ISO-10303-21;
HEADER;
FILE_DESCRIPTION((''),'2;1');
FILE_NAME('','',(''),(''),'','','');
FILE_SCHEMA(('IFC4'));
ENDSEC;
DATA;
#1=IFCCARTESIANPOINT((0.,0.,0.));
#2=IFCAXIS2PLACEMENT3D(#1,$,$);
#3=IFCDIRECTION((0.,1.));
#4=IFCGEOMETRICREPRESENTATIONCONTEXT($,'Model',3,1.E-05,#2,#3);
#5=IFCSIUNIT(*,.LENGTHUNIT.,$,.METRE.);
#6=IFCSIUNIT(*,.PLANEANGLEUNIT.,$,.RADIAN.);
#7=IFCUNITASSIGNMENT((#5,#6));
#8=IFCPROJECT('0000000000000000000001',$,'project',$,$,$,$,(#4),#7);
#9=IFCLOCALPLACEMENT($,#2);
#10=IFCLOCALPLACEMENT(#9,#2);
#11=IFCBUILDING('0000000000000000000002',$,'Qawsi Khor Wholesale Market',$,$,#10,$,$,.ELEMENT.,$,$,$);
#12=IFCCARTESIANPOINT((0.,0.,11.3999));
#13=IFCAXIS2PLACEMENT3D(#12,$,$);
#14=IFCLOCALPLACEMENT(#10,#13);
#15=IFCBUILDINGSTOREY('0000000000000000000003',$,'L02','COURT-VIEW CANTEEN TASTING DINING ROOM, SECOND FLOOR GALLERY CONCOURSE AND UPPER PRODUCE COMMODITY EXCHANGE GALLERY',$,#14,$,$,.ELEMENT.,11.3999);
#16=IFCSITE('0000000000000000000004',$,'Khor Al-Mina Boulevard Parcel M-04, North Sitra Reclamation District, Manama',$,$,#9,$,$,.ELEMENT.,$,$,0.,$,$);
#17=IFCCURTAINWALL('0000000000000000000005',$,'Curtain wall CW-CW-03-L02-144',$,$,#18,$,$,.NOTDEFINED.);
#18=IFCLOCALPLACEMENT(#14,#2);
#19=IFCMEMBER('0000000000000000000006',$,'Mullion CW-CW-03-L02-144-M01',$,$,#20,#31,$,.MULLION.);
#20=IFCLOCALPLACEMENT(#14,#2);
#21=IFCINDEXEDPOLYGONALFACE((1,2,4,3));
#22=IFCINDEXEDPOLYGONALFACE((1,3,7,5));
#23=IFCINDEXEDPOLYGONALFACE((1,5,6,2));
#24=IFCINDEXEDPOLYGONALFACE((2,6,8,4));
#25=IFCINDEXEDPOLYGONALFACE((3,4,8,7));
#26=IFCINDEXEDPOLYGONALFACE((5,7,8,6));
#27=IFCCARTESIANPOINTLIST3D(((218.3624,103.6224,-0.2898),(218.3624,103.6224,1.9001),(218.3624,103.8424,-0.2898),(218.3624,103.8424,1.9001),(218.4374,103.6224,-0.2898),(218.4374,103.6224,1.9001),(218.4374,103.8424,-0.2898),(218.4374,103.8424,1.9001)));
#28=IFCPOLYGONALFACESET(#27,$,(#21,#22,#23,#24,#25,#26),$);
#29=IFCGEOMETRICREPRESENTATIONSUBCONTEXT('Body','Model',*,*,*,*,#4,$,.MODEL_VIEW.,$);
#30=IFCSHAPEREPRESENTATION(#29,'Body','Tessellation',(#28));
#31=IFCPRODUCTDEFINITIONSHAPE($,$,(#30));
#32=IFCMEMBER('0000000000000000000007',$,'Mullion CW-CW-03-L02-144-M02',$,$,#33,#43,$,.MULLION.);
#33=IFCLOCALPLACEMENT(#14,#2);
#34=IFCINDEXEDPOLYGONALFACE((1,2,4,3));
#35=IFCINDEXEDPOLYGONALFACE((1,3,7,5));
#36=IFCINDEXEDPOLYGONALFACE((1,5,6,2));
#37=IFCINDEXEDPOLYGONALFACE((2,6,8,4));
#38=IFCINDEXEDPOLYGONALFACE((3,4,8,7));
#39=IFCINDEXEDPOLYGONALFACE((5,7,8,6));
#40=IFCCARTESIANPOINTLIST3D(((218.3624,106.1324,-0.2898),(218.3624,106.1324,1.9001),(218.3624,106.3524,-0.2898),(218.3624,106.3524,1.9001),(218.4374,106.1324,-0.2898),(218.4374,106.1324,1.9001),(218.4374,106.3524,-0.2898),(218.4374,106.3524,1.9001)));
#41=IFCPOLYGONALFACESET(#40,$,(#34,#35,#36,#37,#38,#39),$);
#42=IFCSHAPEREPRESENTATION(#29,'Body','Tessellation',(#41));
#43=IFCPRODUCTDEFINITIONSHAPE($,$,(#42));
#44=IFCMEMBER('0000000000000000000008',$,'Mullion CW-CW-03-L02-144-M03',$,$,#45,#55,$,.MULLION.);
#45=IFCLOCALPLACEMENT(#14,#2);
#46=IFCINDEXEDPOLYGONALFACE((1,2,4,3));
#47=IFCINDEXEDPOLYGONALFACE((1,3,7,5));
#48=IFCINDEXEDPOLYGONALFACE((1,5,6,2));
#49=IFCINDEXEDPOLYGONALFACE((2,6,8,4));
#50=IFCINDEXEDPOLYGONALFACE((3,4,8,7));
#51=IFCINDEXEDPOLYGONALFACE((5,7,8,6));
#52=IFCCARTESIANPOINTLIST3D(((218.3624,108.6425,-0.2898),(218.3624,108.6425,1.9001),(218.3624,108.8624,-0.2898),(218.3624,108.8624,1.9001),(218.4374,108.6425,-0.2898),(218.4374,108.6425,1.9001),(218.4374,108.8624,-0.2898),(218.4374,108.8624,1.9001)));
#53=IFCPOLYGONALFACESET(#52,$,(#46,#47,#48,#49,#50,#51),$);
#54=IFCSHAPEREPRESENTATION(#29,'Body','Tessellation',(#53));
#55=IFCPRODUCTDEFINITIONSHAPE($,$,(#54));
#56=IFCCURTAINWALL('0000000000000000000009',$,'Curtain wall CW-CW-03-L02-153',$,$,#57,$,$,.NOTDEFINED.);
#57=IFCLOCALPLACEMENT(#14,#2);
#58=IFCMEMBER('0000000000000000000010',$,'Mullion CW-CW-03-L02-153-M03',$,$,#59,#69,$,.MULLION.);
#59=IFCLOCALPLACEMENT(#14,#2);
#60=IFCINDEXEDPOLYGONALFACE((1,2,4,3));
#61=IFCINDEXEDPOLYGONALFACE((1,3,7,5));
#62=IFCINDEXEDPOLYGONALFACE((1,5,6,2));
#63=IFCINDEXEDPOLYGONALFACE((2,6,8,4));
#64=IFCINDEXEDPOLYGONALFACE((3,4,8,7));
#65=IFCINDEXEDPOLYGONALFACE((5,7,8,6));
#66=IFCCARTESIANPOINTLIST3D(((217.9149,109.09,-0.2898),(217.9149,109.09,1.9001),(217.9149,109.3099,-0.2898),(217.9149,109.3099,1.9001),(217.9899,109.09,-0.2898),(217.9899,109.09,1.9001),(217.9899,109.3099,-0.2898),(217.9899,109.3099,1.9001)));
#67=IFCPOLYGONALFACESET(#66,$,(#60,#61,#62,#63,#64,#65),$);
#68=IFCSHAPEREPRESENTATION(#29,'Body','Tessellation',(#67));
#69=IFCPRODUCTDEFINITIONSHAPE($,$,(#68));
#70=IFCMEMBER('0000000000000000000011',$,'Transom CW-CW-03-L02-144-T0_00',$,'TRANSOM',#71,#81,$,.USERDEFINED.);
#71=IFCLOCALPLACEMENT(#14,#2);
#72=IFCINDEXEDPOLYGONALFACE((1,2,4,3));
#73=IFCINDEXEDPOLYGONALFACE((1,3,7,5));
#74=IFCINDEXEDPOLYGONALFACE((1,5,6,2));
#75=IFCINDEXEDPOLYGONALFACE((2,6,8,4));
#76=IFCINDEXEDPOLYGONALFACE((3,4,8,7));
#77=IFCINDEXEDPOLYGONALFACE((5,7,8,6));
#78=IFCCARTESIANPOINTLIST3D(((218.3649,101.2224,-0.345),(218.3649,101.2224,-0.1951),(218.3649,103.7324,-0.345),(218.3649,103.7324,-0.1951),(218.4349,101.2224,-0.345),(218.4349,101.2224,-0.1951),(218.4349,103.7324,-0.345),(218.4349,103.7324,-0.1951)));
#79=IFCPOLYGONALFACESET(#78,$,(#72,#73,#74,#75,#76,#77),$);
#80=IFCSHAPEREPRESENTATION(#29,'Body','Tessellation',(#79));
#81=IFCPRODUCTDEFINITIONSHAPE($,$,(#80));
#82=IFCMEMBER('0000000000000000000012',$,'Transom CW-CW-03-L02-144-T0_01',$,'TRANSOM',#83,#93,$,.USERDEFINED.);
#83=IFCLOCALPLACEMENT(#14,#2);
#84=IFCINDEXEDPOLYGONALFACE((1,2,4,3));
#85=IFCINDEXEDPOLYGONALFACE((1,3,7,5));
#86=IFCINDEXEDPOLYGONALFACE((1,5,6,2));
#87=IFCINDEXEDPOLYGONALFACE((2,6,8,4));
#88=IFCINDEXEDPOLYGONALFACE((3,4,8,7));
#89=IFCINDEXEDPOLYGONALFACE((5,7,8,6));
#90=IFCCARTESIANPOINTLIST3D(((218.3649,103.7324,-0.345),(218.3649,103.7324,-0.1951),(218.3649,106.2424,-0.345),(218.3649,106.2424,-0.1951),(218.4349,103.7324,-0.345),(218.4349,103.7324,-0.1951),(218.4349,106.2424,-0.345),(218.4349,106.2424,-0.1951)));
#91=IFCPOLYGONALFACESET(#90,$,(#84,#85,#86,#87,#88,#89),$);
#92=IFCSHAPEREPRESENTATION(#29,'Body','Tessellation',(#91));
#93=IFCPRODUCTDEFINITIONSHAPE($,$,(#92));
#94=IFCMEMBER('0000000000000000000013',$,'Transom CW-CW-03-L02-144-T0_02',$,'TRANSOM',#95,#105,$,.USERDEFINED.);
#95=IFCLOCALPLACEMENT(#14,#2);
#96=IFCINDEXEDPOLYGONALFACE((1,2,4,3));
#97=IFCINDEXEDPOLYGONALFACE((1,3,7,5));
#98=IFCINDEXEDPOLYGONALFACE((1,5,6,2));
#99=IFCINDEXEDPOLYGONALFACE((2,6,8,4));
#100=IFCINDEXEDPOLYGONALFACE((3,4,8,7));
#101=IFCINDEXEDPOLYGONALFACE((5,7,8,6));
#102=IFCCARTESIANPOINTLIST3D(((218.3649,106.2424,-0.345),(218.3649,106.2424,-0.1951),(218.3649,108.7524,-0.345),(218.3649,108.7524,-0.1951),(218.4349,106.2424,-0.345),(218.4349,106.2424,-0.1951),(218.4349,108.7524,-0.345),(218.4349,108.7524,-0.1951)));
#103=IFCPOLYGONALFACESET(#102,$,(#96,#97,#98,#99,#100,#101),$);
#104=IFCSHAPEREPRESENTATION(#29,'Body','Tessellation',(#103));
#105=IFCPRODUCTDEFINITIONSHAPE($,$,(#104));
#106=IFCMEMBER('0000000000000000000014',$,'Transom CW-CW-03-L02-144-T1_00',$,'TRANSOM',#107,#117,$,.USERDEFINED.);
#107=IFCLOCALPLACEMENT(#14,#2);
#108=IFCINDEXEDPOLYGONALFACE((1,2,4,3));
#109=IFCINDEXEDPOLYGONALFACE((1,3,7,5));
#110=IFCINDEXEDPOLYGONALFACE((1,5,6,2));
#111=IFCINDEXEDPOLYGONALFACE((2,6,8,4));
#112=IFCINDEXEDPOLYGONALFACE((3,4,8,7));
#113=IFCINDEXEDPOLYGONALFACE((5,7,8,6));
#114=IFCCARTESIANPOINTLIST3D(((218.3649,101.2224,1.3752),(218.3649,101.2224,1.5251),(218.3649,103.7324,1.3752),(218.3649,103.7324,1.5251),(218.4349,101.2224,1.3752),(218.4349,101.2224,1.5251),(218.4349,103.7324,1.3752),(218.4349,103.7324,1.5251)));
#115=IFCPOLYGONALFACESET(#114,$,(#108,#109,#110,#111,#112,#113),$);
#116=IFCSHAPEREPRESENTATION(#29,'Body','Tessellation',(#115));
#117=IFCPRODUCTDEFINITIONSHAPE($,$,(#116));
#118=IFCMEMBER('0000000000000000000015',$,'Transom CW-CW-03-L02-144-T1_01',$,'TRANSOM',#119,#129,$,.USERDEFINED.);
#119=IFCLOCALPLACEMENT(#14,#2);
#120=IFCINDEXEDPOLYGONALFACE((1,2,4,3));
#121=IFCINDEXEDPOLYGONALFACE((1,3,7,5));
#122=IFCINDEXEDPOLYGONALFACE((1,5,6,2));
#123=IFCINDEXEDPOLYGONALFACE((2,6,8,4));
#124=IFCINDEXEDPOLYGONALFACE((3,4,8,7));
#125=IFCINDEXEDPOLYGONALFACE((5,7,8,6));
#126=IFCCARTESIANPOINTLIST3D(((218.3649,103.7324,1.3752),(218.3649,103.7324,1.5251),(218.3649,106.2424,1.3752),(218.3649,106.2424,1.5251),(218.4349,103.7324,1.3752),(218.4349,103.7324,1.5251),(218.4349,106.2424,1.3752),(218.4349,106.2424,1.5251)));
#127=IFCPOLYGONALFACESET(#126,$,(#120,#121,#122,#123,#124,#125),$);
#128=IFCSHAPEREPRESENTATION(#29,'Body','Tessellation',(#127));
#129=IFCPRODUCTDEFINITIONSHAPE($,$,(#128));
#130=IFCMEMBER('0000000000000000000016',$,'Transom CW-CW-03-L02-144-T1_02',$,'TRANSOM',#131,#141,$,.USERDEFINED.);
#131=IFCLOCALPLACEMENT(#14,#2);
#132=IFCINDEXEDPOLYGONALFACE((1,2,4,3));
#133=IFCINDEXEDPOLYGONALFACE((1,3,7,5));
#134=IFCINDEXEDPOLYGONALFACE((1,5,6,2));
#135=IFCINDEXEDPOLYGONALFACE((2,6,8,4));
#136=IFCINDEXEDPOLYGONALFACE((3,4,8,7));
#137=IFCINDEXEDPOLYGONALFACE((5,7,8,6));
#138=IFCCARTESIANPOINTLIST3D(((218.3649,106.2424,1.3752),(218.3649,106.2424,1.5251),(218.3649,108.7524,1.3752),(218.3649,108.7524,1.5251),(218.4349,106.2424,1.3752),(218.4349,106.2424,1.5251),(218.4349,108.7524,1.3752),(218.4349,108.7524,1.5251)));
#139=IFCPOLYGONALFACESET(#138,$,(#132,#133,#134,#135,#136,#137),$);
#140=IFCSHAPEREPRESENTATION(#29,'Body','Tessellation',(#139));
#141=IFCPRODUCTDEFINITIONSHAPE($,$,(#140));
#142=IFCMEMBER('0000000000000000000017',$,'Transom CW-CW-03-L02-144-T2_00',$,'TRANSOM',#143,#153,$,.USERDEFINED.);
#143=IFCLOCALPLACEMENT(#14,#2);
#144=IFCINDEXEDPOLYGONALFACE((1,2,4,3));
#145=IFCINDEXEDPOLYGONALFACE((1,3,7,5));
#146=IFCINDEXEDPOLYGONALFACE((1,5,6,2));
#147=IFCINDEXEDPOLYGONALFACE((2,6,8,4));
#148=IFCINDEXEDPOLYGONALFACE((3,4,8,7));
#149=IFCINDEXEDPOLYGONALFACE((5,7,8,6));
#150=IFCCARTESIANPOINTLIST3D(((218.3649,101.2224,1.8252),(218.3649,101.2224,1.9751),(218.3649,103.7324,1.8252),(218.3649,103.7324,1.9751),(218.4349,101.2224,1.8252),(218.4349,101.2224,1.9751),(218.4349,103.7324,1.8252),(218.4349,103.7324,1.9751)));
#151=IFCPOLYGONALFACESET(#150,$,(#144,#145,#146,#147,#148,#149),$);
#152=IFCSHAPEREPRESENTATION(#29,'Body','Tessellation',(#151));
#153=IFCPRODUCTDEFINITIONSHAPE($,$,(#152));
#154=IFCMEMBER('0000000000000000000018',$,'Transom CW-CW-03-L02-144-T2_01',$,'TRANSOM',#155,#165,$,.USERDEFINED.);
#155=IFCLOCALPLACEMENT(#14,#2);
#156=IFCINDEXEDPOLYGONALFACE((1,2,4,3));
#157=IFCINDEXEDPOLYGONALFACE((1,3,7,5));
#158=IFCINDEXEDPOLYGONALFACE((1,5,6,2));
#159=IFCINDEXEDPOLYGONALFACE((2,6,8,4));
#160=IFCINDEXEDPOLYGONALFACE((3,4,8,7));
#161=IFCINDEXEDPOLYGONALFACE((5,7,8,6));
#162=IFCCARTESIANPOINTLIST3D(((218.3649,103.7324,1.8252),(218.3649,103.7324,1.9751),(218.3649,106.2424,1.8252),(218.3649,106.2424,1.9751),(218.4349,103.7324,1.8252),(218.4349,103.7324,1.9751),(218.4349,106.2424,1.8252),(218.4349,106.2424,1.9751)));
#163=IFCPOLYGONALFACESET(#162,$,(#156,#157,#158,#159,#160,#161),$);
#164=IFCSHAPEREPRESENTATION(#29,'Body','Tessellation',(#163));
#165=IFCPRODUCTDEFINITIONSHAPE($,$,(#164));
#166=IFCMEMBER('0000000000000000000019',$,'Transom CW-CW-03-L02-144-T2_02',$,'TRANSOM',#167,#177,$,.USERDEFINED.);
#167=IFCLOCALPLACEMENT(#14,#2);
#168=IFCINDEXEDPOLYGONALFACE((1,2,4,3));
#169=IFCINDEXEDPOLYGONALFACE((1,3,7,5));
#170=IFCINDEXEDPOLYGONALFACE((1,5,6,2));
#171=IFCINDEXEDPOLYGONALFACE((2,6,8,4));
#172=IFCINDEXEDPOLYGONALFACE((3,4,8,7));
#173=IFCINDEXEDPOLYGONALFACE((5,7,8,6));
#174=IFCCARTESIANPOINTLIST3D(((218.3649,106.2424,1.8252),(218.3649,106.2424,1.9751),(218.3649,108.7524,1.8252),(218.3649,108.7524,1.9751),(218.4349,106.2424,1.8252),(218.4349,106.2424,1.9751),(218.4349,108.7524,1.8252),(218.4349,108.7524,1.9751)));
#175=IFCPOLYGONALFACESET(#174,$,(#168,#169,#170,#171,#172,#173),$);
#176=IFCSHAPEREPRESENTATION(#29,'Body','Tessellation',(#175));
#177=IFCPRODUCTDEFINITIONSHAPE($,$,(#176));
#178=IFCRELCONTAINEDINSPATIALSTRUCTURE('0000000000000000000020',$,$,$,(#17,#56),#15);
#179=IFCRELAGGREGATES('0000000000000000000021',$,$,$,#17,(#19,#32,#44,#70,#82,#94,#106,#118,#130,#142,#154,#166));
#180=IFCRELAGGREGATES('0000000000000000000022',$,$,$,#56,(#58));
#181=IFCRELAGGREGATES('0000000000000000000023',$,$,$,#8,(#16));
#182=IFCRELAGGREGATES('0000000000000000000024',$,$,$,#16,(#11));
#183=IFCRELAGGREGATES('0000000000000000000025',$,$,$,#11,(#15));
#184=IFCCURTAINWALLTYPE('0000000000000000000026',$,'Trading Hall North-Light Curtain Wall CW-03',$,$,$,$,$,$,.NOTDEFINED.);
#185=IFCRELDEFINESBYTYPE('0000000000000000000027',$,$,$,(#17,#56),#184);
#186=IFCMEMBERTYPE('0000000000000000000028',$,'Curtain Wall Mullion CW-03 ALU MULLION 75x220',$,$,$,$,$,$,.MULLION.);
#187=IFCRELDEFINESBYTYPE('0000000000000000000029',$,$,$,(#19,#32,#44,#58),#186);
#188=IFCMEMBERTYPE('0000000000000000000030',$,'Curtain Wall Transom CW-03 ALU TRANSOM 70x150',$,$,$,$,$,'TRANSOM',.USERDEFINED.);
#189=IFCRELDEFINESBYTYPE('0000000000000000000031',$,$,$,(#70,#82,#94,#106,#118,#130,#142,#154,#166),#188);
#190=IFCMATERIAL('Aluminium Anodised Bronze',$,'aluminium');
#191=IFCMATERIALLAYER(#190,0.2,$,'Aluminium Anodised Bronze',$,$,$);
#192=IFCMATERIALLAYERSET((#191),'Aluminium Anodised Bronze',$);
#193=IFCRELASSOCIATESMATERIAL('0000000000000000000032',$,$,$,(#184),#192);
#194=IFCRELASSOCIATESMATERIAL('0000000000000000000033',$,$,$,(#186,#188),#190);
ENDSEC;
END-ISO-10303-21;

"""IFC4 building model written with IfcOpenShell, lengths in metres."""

from ifc_helpers import new_model, si_unit, direction, frame, origin, origin_2d, place, context, subcontext, project, spatial, rectangle, extrude, material, layer, layer_set, material_profile, profile_set, type_object, element, aggregate, save


model = new_model("IFC4")

# Units and contexts
model_context = context("Model", 3, precision=1e-05, world=origin(), true_north=direction((0.0, 1.0)))
body_context = subcontext(model_context, "Body", "Model", "MODEL_VIEW")
ifc_project = project(units=[si_unit("LENGTHUNIT", "METRE"), si_unit("PLANEANGLEUNIT", "RADIAN")], contexts=[model_context])

# Site, building, storey
site_placement = place(None, origin())
site = spatial("IfcSite", under=ifc_project, at=site_placement, Name="Khor Al-Mina Boulevard Parcel M-04, North Sitra Reclamation District, Manama", CompositionType="ELEMENT", RefElevation=0.0)
building_placement = place(site_placement, origin())
building = spatial("IfcBuilding", under=site, at=building_placement, Name="Qawsi Khor Wholesale Market", CompositionType="ELEMENT")
storey_placement = place(building_placement, frame((0.0, 0.0, 11.3999)))
storey = spatial("IfcBuildingStorey", under=building, at=storey_placement, Name="L02", Description="COURT-VIEW CANTEEN TASTING DINING ROOM, SECOND FLOOR GALLERY CONCOURSE AND UPPER PRODUCE COMMODITY EXCHANGE GALLERY", CompositionType="ELEMENT", Elevation=11.3999)

# Curtain wall, members
ifc_material_1 = material(Name="Aluminium Anodised Bronze", Category="aluminium")
ifc_layer_1 = layer(ifc_material_1, 0.2, Name="Aluminium Anodised Bronze")
ifc_layer_set_1 = layer_set([ifc_layer_1], Name="Aluminium Anodised Bronze")
curtain_wall_type = type_object("IfcCurtainWallType", Name="Trading Hall North-Light Curtain Wall CW-03", PredefinedType="NOTDEFINED", material=ifc_layer_set_1)
curtain_wall_1_placement = place(storey_placement, origin())
curtain_wall_1 = element("IfcCurtainWall", 1, at=curtain_wall_1_placement, inside=storey, type_object=curtain_wall_type, Name="Curtain wall CW-CW-03-L02-144", PredefinedType="NOTDEFINED")
ifc_material_profile_1 = material_profile(ifc_material_1, rectangle(XDim=0.075, YDim=0.22, at=origin_2d()), Name="ALU MULLION 75x220")
ifc_profile_set_1 = profile_set([ifc_material_profile_1], Name="Aluminium Anodised Bronze")
member_type_1 = type_object("IfcMemberType", Name="Curtain Wall Mullion CW-03 ALU MULLION 75x220", PredefinedType="MULLION", material=ifc_profile_set_1)
member_1_placement = place(storey_placement, frame((218.3999, 103.7324, -0.2898), z_axis=(0.0, 0.0, 1.0), x_axis=(1.0, 0.0, 0.0)))
member_1 = element("IfcMember", 2, at=member_1_placement, type_object=member_type_1, Name="Mullion CW-CW-03-L02-144-M01", PredefinedType="MULLION", context=body_context, shape_type="SweptSolid", body=[
    extrude(rectangle(XDim=0.075, YDim=0.22, at=origin_2d()), origin(), (0.0, 0.0, 1.0), 2.1899),
])
member_2_placement = place(storey_placement, frame((218.3999, 106.2424, -0.2898), z_axis=(0.0, 0.0, 1.0), x_axis=(1.0, 0.0, 0.0)))
member_2 = element("IfcMember", 3, at=member_2_placement, type_object=member_type_1, Name="Mullion CW-CW-03-L02-144-M02", PredefinedType="MULLION", context=body_context, shape_type="SweptSolid", body=[
    extrude(rectangle(XDim=0.075, YDim=0.22, at=origin_2d()), origin(), (0.0, 0.0, 1.0), 2.1899),
])
member_3_placement = place(storey_placement, frame((218.3999, 108.7524, -0.2898), z_axis=(0.0, 0.0, 1.0), x_axis=(1.0, 0.0, 0.0)))
member_3 = element("IfcMember", 4, at=member_3_placement, type_object=member_type_1, Name="Mullion CW-CW-03-L02-144-M03", PredefinedType="MULLION", context=body_context, shape_type="SweptSolid", body=[
    extrude(rectangle(XDim=0.075, YDim=0.22, at=origin_2d()), origin(), (0.0, 0.0, 1.0), 2.1899),
])

# Curtain wall, member
curtain_wall_2_placement = place(storey_placement, origin())
curtain_wall_2 = element("IfcCurtainWall", 5, at=curtain_wall_2_placement, inside=storey, type_object=curtain_wall_type, Name="Curtain wall CW-CW-03-L02-153", PredefinedType="NOTDEFINED")
member_4_placement = place(storey_placement, frame((217.9524, 109.2, -0.2898), z_axis=(0.0, 0.0, 1.0), x_axis=(1.0, 0.0, 0.0)))
member_4 = element("IfcMember", 6, at=member_4_placement, type_object=member_type_1, Name="Mullion CW-CW-03-L02-153-M03", PredefinedType="MULLION", context=body_context, shape_type="SweptSolid", body=[
    extrude(rectangle(XDim=0.075, YDim=0.22, at=origin_2d()), origin(), (0.0, 0.0, 1.0), 2.1899),
])

# Members
ifc_material_profile_2 = material_profile(ifc_material_1, rectangle(XDim=0.0701, YDim=0.1499, at=origin_2d()), Name="ALU TRANSOM 70x150")
ifc_profile_set_2 = profile_set([ifc_material_profile_2], Name="Aluminium Anodised Bronze")
member_type_2 = type_object("IfcMemberType", Name="Curtain Wall Transom CW-03 ALU TRANSOM 70x150", ElementType="TRANSOM", PredefinedType="USERDEFINED", material=ifc_profile_set_2)
member_5_placement = place(storey_placement, frame((218.3999, 101.2224, -0.27), z_axis=(0.0, 1.0, 0.0), x_axis=(-1.0, 0.0, 0.0)))
member_5 = element("IfcMember", 7, at=member_5_placement, type_object=member_type_2, Name="Transom CW-CW-03-L02-144-T0_00", ObjectType="TRANSOM", PredefinedType="USERDEFINED", context=body_context, shape_type="SweptSolid", body=[
    extrude(rectangle(XDim=0.0701, YDim=0.1499, at=origin_2d()), origin(), (0.0, 0.0, 1.0), 2.51),
])
member_6_placement = place(storey_placement, frame((218.3999, 103.7324, -0.27), z_axis=(0.0, 1.0, 0.0), x_axis=(-1.0, 0.0, 0.0)))
member_6 = element("IfcMember", 8, at=member_6_placement, type_object=member_type_2, Name="Transom CW-CW-03-L02-144-T0_01", ObjectType="TRANSOM", PredefinedType="USERDEFINED", context=body_context, shape_type="SweptSolid", body=[
    extrude(rectangle(XDim=0.0701, YDim=0.1499, at=origin_2d()), origin(), (0.0, 0.0, 1.0), 2.51),
])
member_7_placement = place(storey_placement, frame((218.3999, 106.2424, -0.27), z_axis=(0.0, 1.0, 0.0), x_axis=(-1.0, 0.0, 0.0)))
member_7 = element("IfcMember", 9, at=member_7_placement, type_object=member_type_2, Name="Transom CW-CW-03-L02-144-T0_02", ObjectType="TRANSOM", PredefinedType="USERDEFINED", context=body_context, shape_type="SweptSolid", body=[
    extrude(rectangle(XDim=0.0701, YDim=0.1499, at=origin_2d()), origin(), (0.0, 0.0, 1.0), 2.51),
])
member_8_placement = place(storey_placement, frame((218.3999, 101.2224, 1.4502), z_axis=(0.0, 1.0, 0.0), x_axis=(-1.0, 0.0, 0.0)))
member_8 = element("IfcMember", 10, at=member_8_placement, type_object=member_type_2, Name="Transom CW-CW-03-L02-144-T1_00", ObjectType="TRANSOM", PredefinedType="USERDEFINED", context=body_context, shape_type="SweptSolid", body=[
    extrude(rectangle(XDim=0.0701, YDim=0.1499, at=origin_2d()), origin(), (0.0, 0.0, 1.0), 2.51),
])
member_9_placement = place(storey_placement, frame((218.3999, 103.7324, 1.4502), z_axis=(0.0, 1.0, 0.0), x_axis=(-1.0, 0.0, 0.0)))
member_9 = element("IfcMember", 11, at=member_9_placement, type_object=member_type_2, Name="Transom CW-CW-03-L02-144-T1_01", ObjectType="TRANSOM", PredefinedType="USERDEFINED", context=body_context, shape_type="SweptSolid", body=[
    extrude(rectangle(XDim=0.0701, YDim=0.1499, at=origin_2d()), origin(), (0.0, 0.0, 1.0), 2.51),
])
member_10_placement = place(storey_placement, frame((218.3999, 106.2424, 1.4502), z_axis=(0.0, 1.0, 0.0), x_axis=(-1.0, 0.0, 0.0)))
member_10 = element("IfcMember", 12, at=member_10_placement, type_object=member_type_2, Name="Transom CW-CW-03-L02-144-T1_02", ObjectType="TRANSOM", PredefinedType="USERDEFINED", context=body_context, shape_type="SweptSolid", body=[
    extrude(rectangle(XDim=0.0701, YDim=0.1499, at=origin_2d()), origin(), (0.0, 0.0, 1.0), 2.51),
])
member_11_placement = place(storey_placement, frame((218.3999, 101.2224, 1.9001), z_axis=(0.0, 1.0, 0.0), x_axis=(-1.0, 0.0, 0.0)))
member_11 = element("IfcMember", 13, at=member_11_placement, type_object=member_type_2, Name="Transom CW-CW-03-L02-144-T2_00", ObjectType="TRANSOM", PredefinedType="USERDEFINED", context=body_context, shape_type="SweptSolid", body=[
    extrude(rectangle(XDim=0.0701, YDim=0.1499, at=origin_2d()), origin(), (0.0, 0.0, 1.0), 2.51),
])
member_12_placement = place(storey_placement, frame((218.3999, 103.7324, 1.9001), z_axis=(0.0, 1.0, 0.0), x_axis=(-1.0, 0.0, 0.0)))
member_12 = element("IfcMember", 14, at=member_12_placement, type_object=member_type_2, Name="Transom CW-CW-03-L02-144-T2_01", ObjectType="TRANSOM", PredefinedType="USERDEFINED", context=body_context, shape_type="SweptSolid", body=[
    extrude(rectangle(XDim=0.0701, YDim=0.1499, at=origin_2d()), origin(), (0.0, 0.0, 1.0), 2.51),
])
member_13_placement = place(storey_placement, frame((218.3999, 106.2424, 1.9001), z_axis=(0.0, 1.0, 0.0), x_axis=(-1.0, 0.0, 0.0)))
member_13 = element("IfcMember", 15, at=member_13_placement, type_object=member_type_2, Name="Transom CW-CW-03-L02-144-T2_02", ObjectType="TRANSOM", PredefinedType="USERDEFINED", context=body_context, shape_type="SweptSolid", body=[
    extrude(rectangle(XDim=0.0701, YDim=0.1499, at=origin_2d()), origin(), (0.0, 0.0, 1.0), 2.51),
])

aggregate(curtain_wall_1, [member_1, member_2, member_3, member_5, member_6, member_7, member_8, member_9, member_10, member_11, member_12, member_13])
aggregate(curtain_wall_2, [member_4])

save(model, "model.ifc")
